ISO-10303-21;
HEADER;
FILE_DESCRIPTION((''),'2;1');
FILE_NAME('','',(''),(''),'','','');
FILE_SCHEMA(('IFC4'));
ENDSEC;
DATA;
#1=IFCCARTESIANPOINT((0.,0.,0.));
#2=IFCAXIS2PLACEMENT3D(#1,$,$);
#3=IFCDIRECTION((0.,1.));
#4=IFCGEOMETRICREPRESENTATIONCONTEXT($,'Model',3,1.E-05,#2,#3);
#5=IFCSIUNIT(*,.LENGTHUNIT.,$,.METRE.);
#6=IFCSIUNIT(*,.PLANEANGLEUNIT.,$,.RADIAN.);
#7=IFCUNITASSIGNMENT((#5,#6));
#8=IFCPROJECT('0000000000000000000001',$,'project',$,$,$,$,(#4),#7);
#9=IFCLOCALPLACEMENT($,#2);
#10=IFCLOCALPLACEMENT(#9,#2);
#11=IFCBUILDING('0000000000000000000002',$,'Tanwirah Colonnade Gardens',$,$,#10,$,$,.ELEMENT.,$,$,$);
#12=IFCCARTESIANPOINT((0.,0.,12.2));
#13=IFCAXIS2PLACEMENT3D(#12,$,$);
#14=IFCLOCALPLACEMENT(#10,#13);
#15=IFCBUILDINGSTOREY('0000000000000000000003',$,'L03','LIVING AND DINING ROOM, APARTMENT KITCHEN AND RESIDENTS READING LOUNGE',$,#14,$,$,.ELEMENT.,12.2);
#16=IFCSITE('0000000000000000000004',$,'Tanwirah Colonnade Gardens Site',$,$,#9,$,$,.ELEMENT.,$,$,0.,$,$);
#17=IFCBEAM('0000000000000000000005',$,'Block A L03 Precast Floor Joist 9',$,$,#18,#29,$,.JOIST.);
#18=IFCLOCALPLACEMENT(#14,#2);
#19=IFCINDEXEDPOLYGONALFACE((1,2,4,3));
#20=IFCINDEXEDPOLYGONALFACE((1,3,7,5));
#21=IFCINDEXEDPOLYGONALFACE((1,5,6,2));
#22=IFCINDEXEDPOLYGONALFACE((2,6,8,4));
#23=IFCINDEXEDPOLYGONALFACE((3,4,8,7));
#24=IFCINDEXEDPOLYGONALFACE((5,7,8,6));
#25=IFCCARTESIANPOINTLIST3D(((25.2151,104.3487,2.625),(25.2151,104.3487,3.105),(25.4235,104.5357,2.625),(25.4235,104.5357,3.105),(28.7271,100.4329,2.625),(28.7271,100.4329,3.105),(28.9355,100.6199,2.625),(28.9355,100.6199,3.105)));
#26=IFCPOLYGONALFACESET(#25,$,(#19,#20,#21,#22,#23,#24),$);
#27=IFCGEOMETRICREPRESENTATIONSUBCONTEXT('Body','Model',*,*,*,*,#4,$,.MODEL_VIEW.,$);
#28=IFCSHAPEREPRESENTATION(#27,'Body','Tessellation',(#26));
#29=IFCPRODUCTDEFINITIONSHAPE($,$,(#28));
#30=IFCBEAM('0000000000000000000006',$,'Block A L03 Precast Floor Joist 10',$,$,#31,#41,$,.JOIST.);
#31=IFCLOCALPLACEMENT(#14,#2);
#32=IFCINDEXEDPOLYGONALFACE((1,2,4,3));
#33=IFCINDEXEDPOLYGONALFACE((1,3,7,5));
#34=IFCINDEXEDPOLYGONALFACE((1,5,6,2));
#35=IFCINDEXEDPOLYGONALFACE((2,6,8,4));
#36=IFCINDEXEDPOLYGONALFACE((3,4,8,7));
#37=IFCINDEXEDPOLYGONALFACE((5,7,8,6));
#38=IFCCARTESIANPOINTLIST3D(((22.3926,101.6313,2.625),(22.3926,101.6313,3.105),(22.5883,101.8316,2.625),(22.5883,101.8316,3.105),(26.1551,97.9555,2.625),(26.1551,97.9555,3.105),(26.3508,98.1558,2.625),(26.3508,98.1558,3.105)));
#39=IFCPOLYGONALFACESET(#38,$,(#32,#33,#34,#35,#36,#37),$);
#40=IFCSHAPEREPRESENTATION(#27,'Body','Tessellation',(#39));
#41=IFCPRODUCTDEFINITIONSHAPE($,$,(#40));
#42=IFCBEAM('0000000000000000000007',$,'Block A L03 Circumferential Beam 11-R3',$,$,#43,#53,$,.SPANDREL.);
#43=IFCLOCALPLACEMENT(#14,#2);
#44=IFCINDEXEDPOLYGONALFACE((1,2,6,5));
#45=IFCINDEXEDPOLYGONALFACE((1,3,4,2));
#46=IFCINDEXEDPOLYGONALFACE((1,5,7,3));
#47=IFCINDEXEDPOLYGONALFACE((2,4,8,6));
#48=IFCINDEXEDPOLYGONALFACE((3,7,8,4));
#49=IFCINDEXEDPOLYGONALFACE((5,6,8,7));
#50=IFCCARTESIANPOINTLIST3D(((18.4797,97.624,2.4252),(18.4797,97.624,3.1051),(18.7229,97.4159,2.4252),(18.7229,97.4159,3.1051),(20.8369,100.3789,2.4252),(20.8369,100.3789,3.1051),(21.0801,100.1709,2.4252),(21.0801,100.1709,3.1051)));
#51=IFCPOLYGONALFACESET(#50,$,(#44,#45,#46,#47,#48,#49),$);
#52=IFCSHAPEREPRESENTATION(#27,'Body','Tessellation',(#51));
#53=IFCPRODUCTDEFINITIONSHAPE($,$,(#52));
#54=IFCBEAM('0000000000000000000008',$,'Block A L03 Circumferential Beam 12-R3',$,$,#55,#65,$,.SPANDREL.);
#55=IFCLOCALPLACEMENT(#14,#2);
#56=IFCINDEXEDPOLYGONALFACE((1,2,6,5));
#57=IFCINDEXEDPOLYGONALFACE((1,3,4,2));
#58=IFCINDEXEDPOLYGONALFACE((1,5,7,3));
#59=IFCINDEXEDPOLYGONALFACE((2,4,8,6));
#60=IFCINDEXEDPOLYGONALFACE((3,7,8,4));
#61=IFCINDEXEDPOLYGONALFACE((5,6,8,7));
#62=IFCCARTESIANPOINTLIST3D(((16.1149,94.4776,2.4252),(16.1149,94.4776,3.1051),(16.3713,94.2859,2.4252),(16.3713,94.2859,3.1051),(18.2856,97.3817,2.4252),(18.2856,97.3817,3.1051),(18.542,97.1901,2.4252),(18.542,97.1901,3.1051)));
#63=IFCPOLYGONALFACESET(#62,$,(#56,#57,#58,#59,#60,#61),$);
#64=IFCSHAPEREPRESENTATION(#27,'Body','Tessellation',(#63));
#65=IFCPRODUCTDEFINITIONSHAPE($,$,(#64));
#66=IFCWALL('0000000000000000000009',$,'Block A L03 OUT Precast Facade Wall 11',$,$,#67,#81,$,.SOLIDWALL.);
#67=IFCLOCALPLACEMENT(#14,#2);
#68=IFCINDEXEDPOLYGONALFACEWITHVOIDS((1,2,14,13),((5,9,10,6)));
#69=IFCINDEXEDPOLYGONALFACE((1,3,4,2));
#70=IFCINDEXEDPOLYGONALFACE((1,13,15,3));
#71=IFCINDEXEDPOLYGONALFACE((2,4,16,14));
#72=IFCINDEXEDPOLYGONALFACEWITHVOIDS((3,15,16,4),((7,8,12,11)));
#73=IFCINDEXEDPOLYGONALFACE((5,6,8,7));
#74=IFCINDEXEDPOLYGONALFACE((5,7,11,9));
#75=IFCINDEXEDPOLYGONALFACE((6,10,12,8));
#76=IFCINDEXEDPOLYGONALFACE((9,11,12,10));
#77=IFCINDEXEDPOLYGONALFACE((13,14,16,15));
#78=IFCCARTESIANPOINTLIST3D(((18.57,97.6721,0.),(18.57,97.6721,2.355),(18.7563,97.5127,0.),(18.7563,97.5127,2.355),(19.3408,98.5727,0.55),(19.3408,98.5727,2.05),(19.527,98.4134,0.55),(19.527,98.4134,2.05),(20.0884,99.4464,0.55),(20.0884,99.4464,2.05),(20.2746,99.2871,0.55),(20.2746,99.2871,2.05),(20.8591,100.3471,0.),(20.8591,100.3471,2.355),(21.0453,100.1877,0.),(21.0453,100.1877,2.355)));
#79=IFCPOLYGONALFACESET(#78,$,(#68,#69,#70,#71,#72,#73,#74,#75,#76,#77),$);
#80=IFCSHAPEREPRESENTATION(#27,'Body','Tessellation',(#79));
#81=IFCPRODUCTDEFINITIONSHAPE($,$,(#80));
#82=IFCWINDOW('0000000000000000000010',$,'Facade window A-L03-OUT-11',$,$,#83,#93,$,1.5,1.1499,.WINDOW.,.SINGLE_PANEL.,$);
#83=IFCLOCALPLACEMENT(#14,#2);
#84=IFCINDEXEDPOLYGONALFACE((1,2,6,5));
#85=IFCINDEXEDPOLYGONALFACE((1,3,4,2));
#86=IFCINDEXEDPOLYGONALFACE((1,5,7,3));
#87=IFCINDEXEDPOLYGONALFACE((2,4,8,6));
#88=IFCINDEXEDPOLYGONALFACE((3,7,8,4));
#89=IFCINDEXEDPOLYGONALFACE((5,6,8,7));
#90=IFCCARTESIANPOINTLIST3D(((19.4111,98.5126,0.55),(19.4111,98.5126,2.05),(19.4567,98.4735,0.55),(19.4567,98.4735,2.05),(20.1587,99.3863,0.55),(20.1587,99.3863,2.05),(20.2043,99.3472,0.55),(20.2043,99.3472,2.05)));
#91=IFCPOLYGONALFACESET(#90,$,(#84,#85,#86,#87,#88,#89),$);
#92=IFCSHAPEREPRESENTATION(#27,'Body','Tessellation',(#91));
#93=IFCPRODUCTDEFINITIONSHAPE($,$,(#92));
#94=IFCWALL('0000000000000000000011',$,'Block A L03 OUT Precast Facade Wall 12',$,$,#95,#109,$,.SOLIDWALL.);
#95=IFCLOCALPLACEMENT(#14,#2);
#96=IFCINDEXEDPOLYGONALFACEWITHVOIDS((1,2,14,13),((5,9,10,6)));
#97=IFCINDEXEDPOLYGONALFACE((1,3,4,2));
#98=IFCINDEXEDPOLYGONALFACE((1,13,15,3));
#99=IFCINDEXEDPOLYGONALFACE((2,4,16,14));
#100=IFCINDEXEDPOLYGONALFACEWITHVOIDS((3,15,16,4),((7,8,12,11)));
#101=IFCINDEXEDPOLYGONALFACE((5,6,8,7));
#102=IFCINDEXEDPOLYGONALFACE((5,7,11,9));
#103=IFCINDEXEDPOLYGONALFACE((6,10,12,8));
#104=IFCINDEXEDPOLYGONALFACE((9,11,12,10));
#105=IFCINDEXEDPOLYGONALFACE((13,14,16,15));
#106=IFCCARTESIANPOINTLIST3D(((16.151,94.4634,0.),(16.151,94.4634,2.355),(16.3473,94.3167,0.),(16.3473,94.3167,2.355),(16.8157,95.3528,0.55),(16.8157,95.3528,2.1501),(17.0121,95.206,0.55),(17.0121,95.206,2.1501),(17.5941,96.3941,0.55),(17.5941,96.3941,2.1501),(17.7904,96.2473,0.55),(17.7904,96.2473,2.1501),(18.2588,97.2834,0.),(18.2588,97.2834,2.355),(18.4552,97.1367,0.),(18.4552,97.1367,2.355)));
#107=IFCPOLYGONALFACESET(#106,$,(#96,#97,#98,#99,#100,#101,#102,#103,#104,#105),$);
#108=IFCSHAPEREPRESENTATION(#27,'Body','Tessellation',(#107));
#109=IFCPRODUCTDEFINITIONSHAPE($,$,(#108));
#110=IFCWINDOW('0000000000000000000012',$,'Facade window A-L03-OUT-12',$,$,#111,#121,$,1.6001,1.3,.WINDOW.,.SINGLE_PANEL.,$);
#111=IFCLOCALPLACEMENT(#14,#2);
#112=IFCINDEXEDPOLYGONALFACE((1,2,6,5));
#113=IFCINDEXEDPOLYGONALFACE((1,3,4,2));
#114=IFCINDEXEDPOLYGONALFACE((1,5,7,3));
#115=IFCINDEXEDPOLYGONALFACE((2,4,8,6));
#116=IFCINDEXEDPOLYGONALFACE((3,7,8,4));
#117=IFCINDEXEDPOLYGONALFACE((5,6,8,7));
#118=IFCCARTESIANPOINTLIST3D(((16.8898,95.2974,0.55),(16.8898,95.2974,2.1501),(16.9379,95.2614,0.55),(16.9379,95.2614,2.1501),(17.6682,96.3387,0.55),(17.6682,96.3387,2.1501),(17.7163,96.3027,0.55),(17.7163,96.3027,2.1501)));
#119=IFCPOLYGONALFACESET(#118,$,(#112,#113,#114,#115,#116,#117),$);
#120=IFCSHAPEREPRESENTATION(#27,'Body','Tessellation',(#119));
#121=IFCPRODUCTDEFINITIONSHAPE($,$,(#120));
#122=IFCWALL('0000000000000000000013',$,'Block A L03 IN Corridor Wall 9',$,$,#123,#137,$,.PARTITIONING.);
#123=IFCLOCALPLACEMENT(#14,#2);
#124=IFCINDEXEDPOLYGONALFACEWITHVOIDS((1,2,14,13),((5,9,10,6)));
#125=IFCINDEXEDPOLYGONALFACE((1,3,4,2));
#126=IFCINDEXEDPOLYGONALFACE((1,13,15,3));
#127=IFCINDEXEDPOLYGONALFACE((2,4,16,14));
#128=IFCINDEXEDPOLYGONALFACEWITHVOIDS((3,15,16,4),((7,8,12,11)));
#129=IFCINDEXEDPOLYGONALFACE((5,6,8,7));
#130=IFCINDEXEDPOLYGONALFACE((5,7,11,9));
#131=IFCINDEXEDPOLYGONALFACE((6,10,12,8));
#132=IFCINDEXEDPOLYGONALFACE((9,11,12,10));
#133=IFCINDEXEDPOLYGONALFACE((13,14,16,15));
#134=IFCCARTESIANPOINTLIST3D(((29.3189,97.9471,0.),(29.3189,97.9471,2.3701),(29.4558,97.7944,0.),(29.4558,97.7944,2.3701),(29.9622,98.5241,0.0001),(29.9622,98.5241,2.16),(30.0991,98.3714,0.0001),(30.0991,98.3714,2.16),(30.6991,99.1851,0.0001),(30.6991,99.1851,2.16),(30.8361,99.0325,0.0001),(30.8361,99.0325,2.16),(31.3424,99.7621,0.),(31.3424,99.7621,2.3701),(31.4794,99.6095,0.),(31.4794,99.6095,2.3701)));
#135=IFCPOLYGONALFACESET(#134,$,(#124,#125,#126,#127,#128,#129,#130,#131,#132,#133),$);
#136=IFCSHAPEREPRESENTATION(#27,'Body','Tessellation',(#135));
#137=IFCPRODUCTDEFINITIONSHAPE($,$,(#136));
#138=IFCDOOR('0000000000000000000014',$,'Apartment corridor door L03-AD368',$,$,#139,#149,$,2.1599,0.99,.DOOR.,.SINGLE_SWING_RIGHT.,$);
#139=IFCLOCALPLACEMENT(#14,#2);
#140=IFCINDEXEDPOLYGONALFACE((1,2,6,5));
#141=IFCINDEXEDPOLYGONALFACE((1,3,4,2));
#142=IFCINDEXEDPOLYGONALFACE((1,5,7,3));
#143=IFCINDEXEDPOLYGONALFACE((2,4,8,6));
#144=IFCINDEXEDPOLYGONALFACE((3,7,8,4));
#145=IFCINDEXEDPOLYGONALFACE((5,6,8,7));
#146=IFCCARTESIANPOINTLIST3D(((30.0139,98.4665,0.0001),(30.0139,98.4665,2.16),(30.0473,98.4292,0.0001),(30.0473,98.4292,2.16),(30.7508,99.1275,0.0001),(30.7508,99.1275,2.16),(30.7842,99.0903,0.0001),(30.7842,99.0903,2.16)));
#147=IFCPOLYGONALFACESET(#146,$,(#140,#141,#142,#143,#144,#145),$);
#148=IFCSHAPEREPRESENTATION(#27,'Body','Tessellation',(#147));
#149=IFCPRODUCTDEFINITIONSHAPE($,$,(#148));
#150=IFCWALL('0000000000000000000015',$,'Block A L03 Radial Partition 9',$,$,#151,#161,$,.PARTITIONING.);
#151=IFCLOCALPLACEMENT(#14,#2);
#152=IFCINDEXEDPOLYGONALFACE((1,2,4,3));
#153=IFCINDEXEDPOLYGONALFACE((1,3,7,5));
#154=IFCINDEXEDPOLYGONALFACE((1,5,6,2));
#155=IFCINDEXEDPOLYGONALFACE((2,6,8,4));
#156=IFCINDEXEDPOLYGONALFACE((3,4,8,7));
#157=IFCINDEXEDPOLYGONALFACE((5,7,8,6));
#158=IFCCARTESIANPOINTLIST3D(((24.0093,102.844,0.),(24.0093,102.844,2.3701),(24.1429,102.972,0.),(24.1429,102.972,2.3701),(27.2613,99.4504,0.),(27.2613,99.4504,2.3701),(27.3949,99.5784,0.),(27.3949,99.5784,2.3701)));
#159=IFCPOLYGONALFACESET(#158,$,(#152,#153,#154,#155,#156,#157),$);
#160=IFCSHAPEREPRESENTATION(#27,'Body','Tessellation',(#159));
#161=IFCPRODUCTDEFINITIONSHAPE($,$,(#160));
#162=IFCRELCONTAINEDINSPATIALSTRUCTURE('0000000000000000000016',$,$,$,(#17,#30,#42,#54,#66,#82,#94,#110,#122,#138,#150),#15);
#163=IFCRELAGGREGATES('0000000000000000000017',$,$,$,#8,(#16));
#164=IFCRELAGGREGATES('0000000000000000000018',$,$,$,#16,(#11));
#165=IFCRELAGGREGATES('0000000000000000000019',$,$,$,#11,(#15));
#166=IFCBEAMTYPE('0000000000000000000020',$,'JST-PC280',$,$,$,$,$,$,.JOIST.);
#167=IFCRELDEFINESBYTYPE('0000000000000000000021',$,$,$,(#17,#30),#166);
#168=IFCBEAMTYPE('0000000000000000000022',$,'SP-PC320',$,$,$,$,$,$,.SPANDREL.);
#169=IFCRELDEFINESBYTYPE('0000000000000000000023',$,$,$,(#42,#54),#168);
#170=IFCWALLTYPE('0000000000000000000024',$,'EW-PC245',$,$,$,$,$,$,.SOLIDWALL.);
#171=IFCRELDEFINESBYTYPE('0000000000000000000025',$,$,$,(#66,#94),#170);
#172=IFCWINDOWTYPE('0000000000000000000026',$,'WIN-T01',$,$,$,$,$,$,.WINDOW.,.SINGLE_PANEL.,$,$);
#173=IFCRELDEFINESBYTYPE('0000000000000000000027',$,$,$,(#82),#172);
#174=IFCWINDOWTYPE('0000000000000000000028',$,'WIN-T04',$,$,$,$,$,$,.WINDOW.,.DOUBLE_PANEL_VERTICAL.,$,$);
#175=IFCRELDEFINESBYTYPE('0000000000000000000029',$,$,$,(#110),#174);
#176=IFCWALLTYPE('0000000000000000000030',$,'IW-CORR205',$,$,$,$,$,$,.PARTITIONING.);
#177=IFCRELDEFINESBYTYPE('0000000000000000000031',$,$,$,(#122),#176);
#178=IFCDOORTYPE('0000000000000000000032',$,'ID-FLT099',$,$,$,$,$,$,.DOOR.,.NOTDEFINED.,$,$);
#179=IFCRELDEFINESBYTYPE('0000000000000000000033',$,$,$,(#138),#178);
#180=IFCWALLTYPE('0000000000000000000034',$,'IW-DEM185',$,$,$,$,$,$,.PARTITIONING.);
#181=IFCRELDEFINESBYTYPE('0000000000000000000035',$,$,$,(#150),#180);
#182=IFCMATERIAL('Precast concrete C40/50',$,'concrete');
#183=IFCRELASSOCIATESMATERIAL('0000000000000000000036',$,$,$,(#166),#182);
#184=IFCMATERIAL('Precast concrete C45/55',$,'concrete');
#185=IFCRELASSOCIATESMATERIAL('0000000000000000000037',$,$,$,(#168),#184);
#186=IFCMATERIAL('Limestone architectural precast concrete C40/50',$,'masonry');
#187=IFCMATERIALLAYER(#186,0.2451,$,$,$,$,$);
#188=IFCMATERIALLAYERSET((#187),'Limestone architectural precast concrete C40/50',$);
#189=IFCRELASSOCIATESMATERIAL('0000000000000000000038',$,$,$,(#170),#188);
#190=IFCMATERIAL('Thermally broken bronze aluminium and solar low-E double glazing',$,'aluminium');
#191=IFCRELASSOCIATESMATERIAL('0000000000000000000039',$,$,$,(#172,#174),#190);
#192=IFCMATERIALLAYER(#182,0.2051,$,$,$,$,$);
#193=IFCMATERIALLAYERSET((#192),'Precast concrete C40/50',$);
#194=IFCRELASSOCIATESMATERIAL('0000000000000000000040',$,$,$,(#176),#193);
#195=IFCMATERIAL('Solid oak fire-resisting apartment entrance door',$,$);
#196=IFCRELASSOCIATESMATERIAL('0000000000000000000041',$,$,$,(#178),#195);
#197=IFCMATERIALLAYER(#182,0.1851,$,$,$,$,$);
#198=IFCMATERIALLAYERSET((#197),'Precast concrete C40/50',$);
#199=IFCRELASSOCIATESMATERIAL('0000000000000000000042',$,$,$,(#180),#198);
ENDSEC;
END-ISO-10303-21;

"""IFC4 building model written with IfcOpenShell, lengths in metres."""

from ifc_helpers import new_model, si_unit, direction, frame, frame_2d, origin, origin_2d, place, context, subcontext, project, spatial, rectangle, extrude, material, layer, layer_set, material_profile, profile_set, type_object, element, fill, save


model = new_model("IFC4")

# Units and contexts
model_context = context("Model", 3, precision=1e-05, world=origin(), true_north=direction((0.0, 1.0)))
body_context = subcontext(model_context, "Body", "Model", "MODEL_VIEW")
ifc_project = project(units=[si_unit("LENGTHUNIT", "METRE"), si_unit("PLANEANGLEUNIT", "RADIAN")], contexts=[model_context])

# Site, building, storey
site_placement = place(None, origin())
site = spatial("IfcSite", under=ifc_project, at=site_placement, Name="Tanwirah Colonnade Gardens Site", CompositionType="ELEMENT", RefElevation=0.0)
building_placement = place(site_placement, origin())
building = spatial("IfcBuilding", under=site, at=building_placement, Name="Tanwirah Colonnade Gardens", CompositionType="ELEMENT")
storey_placement = place(building_placement, frame((0.0, 0.0, 12.2)))
storey = spatial("IfcBuildingStorey", under=building, at=storey_placement, Name="L03", Description="LIVING AND DINING ROOM, APARTMENT KITCHEN AND RESIDENTS READING LOUNGE", CompositionType="ELEMENT", Elevation=12.2)

# Shared definitions
ifc_material_1 = material(Name="Precast concrete C45/55", Category="concrete")
ifc_material_2 = material(Name="Precast concrete C40/50", Category="concrete")

# Beams
ifc_material_profile_1 = material_profile(ifc_material_2, rectangle(XDim=0.28, YDim=0.48, at=origin_2d()), Name="PC-JST 280x480")
ifc_profile_set_1 = profile_set([ifc_material_profile_1], Name="Precast concrete C40/50")
beam_type_1 = type_object("IfcBeamType", Name="JST-PC280", PredefinedType="JOIST", material=ifc_profile_set_1)
for number, where, z_axis, x_axis, name in (
    (1, (28.8313, 100.5264, 2.865), (-0.667679, 0.744449, 0.0), (-0.744449, -0.667679, 0.0), "Block A L03 Precast Floor Joist 9"),
    (2, (26.2529, 98.0557, 2.865), (-0.715297, 0.69882, 0.0), (-0.69882, -0.715297, 0.0), "Block A L03 Precast Floor Joist 10"),
):
    element("IfcBeam", number, at=place(storey_placement, frame(where, z_axis=z_axis, x_axis=x_axis)), inside=storey, type_object=beam_type_1, Name=name, PredefinedType="JOIST", context=body_context, shape_type="SweptSolid", body=[
        extrude(rectangle(XDim=0.28, YDim=0.48, at=origin_2d()), origin(), (0.0, 0.0, 1.0), 5.26),
    ])
ifc_material_profile_2 = material_profile(ifc_material_1, rectangle(XDim=0.3201, YDim=0.6799, at=origin_2d()), Name="PC-SP 320x680")
ifc_profile_set_2 = profile_set([ifc_material_profile_2], Name="Precast concrete C45/55")
beam_type_2 = type_object("IfcBeamType", Name="SP-PC320", PredefinedType="SPANDREL", material=ifc_profile_set_2)
for number, where, z_axis, x_axis, name in (
    (3, (20.9585, 100.2749, 2.7651), (-0.650131, -0.759822, 0.0), (0.759822, -0.650131, 0.0), "Block A L03 Circumferential Beam 11-R3"),
    (4, (18.4138, 97.2859, 2.7651), (-0.598696, -0.800977, 0.0), (0.800977, -0.598696, 0.0), "Block A L03 Circumferential Beam 12-R3"),
):
    element("IfcBeam", number, at=place(storey_placement, frame(where, z_axis=z_axis, x_axis=x_axis)), inside=storey, type_object=beam_type_2, Name=name, PredefinedType="SPANDREL", context=body_context, shape_type="SweptSolid", body=[
        extrude(rectangle(XDim=0.3201, YDim=0.6799, at=origin_2d()), origin(), (0.0, 0.0, 1.0), 3.6257),
    ])

# Walls, openings, windows
ifc_material_3 = material(Name="Limestone architectural precast concrete C40/50", Category="masonry")
ifc_layer_1 = layer(ifc_material_3, 0.2451)
ifc_layer_set_1 = layer_set([ifc_layer_1], Name="Limestone architectural precast concrete C40/50")
wall_type_1 = type_object("IfcWallType", Name="EW-PC245", PredefinedType="SOLIDWALL", material=ifc_layer_set_1)
wall_1_placement = place(storey_placement, frame((20.9521, 100.2673, 0.0), z_axis=(0.0, 0.0, 1.0), x_axis=(-0.650163, -0.759795, 0.0)))
wall_1 = element("IfcWall", 5, at=wall_1_placement, inside=storey, type_object=wall_type_1, Name="Block A L03 OUT Precast Facade Wall 11", PredefinedType="SOLIDWALL", context=body_context, shape_type="SweptSolid", body=[
    extrude(rectangle(XDim=3.5208, YDim=0.2451, at=frame_2d((1.7603, 0.0))), origin(), (0.0, 0.0, 1.0), 2.355),
])
opening_1_placement = place(wall_1_placement, frame((1.1853, 0.0, 0.55)))
opening_1 = element("IfcOpeningElement", 6, at=opening_1_placement, cuts=wall_1, PredefinedType="OPENING", context=body_context, shape_type="SweptSolid", body=[
    extrude(rectangle(XDim=1.1499, YDim=1.5, at=frame_2d((0.575, 0.75))), frame((0.0, 0.1326, 0.0), z_axis=(0.0, -1.0, 0.0), x_axis=(1.0, 0.0, 0.0)), (0.0, 0.0, 1.0), 0.2651),
])
ifc_material_4 = material(Name="Thermally broken bronze aluminium and solar low-E double glazing", Category="aluminium")
window_type_1 = type_object("IfcWindowType", Name="WIN-T01", PartitioningType="SINGLE_PANEL", PredefinedType="WINDOW", material=ifc_material_4)
window_1_placement = place(opening_1_placement, origin())
window_1 = element("IfcWindow", 7, at=window_1_placement, inside=storey, type_object=window_type_1, Name="Facade window A-L03-OUT-11", OverallHeight=1.5, OverallWidth=1.1499, PartitioningType="SINGLE_PANEL", PredefinedType="WINDOW", context=body_context, shape_type="SweptSolid", body=[
    extrude(rectangle(XDim=1.1499, YDim=1.5, at=frame_2d((0.575, 0.75))), frame((0.0, 0.03, 0.0), z_axis=(0.0, -1.0, 0.0), x_axis=(1.0, 0.0, 0.0)), (0.0, 0.0, 1.0), 0.0601),
])
fill(opening_1, window_1)
wall_2_placement = place(storey_placement, frame((18.3569, 97.21, 0.0), z_axis=(0.0, 0.0, 1.0), x_axis=(-0.598701, -0.800973, 0.0)))
wall_2 = element("IfcWall", 8, at=wall_2_placement, inside=storey, type_object=wall_type_1, Name="Block A L03 OUT Precast Facade Wall 12", PredefinedType="SOLIDWALL", context=body_context, shape_type="SweptSolid", body=[
    extrude(rectangle(XDim=3.5208, YDim=0.2451, at=frame_2d((1.7603, 0.0))), origin(), (0.0, 0.0, 1.0), 2.355),
])
opening_2_placement = place(wall_2_placement, frame((1.1104, 0.0, 0.55)))
opening_2 = element("IfcOpeningElement", 9, at=opening_2_placement, cuts=wall_2, PredefinedType="OPENING", context=body_context, shape_type="SweptSolid", body=[
    extrude(rectangle(XDim=1.3, YDim=1.6001, at=frame_2d((0.6499, 0.8))), frame((0.0, 0.1326, 0.0), z_axis=(0.0, -1.0, 0.0), x_axis=(1.0, 0.0, 0.0)), (0.0, 0.0, 1.0), 0.2651),
])
window_type_2 = type_object("IfcWindowType", Name="WIN-T04", PartitioningType="DOUBLE_PANEL_VERTICAL", PredefinedType="WINDOW", material=ifc_material_4)
window_2_placement = place(opening_2_placement, origin())
window_2 = element("IfcWindow", 10, at=window_2_placement, inside=storey, type_object=window_type_2, Name="Facade window A-L03-OUT-12", OverallHeight=1.6001, OverallWidth=1.3, PartitioningType="SINGLE_PANEL", PredefinedType="WINDOW", context=body_context, shape_type="SweptSolid", body=[
    extrude(rectangle(XDim=1.3, YDim=1.6001, at=frame_2d((0.6499, 0.8))), frame((0.0, 0.03, 0.0), z_axis=(0.0, -1.0, 0.0), x_axis=(1.0, 0.0, 0.0)), (0.0, 0.0, 1.0), 0.0601),
])
fill(opening_2, window_2)

# Wall, opening, door
ifc_layer_2 = layer(ifc_material_2, 0.2051)
ifc_layer_set_2 = layer_set([ifc_layer_2], Name="Precast concrete C40/50")
wall_type_2 = type_object("IfcWallType", Name="IW-CORR205", PredefinedType="PARTITIONING", material=ifc_layer_set_2)
wall_3_placement = place(storey_placement, frame((31.4109, 99.6858, 0.0), z_axis=(0.0, 0.0, 1.0), x_axis=(-0.744419, -0.667713, 0.0)))
wall_3 = element("IfcWall", 11, at=wall_3_placement, inside=storey, type_object=wall_type_2, Name="Block A L03 IN Corridor Wall 9", PredefinedType="PARTITIONING", context=body_context, shape_type="SweptSolid", body=[
    extrude(rectangle(XDim=2.7183, YDim=0.2051, at=frame_2d((1.3591, 0.0))), origin(), (0.0, 0.0, 1.0), 2.3701),
])
opening_3_placement = place(wall_3_placement, frame((0.864, 0.0, 0.0)))
opening_3 = element("IfcOpeningElement", 12, at=opening_3_placement, cuts=wall_3, PredefinedType="OPENING", context=body_context, shape_type="SweptSolid", body=[
    extrude(rectangle(XDim=0.99, YDim=2.1599, at=frame_2d((0.4951, 1.0801))), frame((0.0, 0.1125, 0.0), z_axis=(0.0, -1.0, 0.0), x_axis=(1.0, 0.0, 0.0)), (0.0, 0.0, 1.0), 0.2251),
])
ifc_material_5 = material(Name="Solid oak fire-resisting apartment entrance door")
door_type_1 = type_object("IfcDoorType", Name="ID-FLT099", OperationType="NOTDEFINED", PredefinedType="DOOR", material=ifc_material_5)
door_1_placement = place(opening_3_placement, origin())
door_1 = element("IfcDoor", 13, at=door_1_placement, inside=storey, type_object=door_type_1, Name="Apartment corridor door L03-AD368", OperationType="SINGLE_SWING_RIGHT", OverallHeight=2.1599, OverallWidth=0.99, PredefinedType="DOOR", context=body_context, shape_type="SweptSolid", body=[
    extrude(rectangle(XDim=0.99, YDim=2.1599, at=frame_2d((0.4951, 1.0801))), frame((0.0, 0.0249, 0.0), z_axis=(0.0, -1.0, 0.0), x_axis=(1.0, 0.0, 0.0)), (0.0, 0.0, 1.0), 0.05),
])
fill(opening_3, door_1)

# Wall
ifc_layer_3 = layer(ifc_material_2, 0.1851)
ifc_layer_set_3 = layer_set([ifc_layer_3], Name="Precast concrete C40/50")
wall_type_3 = type_object("IfcWallType", Name="IW-DEM185", PredefinedType="PARTITIONING", material=ifc_layer_set_3)
wall_4_placement = place(storey_placement, frame((27.3281, 99.5144, 0.0), z_axis=(0.0, 0.0, 1.0), x_axis=(-0.691883, 0.72201, 0.0)))
element("IfcWall", 14, at=wall_4_placement, inside=storey, type_object=wall_type_3, Name="Block A L03 Radial Partition 9", PredefinedType="PARTITIONING", context=body_context, shape_type="SweptSolid", body=[
    extrude(rectangle(XDim=4.7002, YDim=0.1851, at=frame_2d((2.3501, 0.0))), origin(), (0.0, 0.0, 1.0), 2.3701),
])

save(model, "model.ifc")
